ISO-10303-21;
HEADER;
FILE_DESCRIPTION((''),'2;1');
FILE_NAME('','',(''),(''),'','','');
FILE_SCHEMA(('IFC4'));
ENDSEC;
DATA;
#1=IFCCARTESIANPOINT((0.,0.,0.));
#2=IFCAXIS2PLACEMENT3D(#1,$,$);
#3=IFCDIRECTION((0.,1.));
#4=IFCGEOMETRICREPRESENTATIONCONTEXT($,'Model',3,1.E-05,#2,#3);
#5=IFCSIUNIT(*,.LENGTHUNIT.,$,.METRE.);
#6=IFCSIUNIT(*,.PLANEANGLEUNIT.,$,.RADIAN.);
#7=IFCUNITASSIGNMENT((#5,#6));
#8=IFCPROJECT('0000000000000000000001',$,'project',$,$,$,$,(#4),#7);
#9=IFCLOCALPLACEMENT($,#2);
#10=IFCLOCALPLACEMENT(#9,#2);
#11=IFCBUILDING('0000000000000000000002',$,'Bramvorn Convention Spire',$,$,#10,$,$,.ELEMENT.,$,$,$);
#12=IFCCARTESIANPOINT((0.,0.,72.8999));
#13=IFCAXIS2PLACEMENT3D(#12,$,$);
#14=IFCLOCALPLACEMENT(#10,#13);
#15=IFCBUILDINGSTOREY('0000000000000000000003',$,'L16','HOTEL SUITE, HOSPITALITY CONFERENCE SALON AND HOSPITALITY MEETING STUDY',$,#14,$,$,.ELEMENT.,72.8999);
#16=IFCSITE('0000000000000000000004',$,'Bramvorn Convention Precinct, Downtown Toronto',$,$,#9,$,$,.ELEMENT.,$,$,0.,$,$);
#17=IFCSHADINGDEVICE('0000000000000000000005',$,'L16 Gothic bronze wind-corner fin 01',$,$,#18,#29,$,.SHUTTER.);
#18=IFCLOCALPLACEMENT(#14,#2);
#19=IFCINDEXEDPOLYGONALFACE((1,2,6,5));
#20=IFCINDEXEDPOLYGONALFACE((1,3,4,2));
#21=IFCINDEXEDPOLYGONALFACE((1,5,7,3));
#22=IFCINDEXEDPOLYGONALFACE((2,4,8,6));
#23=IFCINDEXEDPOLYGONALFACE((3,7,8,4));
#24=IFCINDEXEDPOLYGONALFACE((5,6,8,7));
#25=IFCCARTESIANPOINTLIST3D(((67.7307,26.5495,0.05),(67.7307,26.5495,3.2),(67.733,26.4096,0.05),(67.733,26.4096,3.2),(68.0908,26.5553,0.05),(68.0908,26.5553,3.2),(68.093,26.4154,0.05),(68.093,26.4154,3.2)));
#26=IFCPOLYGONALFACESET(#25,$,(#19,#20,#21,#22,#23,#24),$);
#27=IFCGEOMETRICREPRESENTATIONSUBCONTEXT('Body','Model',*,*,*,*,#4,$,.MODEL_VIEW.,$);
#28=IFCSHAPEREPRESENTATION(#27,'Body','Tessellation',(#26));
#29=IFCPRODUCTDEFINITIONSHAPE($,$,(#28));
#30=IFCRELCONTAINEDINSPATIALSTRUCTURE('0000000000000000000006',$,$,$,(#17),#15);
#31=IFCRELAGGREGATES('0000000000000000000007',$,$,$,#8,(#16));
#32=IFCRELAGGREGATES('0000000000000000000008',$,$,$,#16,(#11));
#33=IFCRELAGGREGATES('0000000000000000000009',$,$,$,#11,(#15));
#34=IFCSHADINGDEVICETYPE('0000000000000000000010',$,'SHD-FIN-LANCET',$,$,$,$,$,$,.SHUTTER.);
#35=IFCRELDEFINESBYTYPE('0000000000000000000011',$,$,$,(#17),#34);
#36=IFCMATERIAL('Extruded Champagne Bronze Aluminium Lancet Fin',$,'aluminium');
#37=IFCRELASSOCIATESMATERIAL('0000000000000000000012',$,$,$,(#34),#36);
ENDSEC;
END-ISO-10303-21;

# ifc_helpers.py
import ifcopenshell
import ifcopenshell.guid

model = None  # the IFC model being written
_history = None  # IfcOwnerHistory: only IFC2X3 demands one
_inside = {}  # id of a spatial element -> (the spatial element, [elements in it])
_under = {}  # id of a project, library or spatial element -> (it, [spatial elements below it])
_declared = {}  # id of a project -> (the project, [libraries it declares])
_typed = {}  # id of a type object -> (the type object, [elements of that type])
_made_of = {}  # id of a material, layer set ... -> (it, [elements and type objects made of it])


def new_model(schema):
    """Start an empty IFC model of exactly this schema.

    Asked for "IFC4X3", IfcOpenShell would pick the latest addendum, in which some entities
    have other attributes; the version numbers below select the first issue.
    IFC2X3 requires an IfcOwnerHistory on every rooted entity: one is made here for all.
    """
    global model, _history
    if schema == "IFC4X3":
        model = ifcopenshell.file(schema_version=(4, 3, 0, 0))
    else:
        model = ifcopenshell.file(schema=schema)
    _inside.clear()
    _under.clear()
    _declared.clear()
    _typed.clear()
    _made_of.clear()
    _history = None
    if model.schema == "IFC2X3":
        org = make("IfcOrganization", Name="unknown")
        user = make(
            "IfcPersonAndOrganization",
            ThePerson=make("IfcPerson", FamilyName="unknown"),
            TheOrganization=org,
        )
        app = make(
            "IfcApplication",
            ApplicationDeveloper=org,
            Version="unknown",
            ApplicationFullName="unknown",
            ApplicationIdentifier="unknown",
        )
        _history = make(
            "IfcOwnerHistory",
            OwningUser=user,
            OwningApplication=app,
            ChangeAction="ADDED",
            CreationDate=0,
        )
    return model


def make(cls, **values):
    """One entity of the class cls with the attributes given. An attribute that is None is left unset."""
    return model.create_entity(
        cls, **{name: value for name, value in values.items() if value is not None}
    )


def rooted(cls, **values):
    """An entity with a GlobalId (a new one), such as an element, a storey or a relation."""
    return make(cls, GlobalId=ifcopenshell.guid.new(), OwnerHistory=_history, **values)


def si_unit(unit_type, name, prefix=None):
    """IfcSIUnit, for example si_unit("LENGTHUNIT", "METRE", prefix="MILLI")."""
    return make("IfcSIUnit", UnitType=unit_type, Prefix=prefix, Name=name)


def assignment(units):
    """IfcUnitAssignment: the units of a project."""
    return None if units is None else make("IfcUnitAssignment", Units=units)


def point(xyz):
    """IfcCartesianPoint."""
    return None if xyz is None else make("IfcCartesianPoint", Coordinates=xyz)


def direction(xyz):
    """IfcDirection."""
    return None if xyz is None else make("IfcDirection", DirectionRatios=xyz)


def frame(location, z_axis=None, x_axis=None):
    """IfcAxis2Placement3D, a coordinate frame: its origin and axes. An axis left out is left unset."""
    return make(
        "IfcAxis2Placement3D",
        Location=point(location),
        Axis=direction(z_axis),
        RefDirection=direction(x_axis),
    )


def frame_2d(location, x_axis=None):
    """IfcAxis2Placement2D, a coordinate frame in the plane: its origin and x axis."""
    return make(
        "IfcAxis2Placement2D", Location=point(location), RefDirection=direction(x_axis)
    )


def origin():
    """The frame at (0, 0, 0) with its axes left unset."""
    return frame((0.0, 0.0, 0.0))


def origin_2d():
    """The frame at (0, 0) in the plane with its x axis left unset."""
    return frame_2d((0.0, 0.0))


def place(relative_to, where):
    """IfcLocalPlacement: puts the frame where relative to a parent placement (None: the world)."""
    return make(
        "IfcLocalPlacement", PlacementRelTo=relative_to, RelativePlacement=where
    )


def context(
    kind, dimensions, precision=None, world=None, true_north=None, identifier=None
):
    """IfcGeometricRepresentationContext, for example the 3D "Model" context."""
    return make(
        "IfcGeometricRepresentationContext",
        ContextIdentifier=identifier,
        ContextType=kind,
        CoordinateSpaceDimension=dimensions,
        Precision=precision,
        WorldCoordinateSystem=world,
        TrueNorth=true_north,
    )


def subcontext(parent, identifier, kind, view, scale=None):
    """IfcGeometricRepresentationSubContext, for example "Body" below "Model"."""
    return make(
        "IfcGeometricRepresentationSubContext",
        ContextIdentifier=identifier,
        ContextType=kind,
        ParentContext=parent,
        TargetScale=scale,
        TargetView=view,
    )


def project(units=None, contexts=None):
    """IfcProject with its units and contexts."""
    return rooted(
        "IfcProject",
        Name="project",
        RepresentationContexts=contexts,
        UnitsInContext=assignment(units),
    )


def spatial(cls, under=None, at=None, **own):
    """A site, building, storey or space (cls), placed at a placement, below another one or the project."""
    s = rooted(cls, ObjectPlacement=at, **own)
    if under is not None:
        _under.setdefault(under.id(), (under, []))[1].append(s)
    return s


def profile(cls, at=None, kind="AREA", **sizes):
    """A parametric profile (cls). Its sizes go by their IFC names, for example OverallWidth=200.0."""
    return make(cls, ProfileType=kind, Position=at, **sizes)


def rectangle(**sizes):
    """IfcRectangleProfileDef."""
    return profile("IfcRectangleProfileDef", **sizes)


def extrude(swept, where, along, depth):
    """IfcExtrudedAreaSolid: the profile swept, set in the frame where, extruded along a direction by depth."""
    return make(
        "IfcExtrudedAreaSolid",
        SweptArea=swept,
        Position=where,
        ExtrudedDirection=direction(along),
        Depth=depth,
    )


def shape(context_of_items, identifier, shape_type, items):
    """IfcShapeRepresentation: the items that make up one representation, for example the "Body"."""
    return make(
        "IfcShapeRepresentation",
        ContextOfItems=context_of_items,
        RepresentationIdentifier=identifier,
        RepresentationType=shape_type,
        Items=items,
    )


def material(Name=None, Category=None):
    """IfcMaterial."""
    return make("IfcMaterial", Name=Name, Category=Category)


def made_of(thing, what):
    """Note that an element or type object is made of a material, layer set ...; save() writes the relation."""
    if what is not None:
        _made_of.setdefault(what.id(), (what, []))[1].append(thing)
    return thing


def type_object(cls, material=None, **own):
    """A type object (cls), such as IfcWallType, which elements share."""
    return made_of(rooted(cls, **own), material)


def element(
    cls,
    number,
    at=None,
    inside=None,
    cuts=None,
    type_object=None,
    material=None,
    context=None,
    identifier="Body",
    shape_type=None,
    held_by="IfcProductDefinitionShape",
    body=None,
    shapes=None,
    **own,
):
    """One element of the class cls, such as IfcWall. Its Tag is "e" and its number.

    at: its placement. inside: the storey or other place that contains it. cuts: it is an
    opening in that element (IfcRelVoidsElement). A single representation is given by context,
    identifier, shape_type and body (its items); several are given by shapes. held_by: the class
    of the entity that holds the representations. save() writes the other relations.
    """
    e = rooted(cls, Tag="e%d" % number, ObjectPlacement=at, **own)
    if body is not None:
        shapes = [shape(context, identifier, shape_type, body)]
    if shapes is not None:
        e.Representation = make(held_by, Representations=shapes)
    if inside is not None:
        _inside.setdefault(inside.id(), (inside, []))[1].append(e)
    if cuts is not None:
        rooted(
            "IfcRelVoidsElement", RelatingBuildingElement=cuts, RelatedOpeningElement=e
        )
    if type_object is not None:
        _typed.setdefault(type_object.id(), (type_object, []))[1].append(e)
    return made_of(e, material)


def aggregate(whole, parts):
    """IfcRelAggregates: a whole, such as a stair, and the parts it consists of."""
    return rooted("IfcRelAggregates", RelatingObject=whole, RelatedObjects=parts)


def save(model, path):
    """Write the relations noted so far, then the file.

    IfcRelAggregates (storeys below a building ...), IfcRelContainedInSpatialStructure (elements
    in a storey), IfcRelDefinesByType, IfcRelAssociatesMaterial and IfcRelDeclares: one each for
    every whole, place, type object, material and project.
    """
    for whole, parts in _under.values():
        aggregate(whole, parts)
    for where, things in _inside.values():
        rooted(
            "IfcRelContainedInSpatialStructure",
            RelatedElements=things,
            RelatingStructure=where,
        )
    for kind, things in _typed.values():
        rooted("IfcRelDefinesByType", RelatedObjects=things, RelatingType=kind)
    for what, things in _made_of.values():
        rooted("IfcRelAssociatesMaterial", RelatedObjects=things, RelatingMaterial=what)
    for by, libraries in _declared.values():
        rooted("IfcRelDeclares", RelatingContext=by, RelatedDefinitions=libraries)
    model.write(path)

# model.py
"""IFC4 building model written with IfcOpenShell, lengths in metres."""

from ifc_helpers import new_model, si_unit, direction, frame, origin, origin_2d, place, context, subcontext, project, spatial, rectangle, extrude, material, type_object, element, save


model = new_model("IFC4")

# Units and contexts
model_context = context("Model", 3, precision=1e-05, world=origin(), true_north=direction((0.0, 1.0)))
body_context = subcontext(model_context, "Body", "Model", "MODEL_VIEW")
ifc_project = project(units=[si_unit("LENGTHUNIT", "METRE"), si_unit("PLANEANGLEUNIT", "RADIAN")], contexts=[model_context])

# Site, building, storey
site_placement = place(None, origin())
site = spatial("IfcSite", under=ifc_project, at=site_placement, Name="Bramvorn Convention Precinct, Downtown Toronto", CompositionType="ELEMENT", RefElevation=0.0)
building_placement = place(site_placement, origin())
building = spatial("IfcBuilding", under=site, at=building_placement, Name="Bramvorn Convention Spire", CompositionType="ELEMENT")
storey_placement = place(building_placement, frame((0.0, 0.0, 72.8999)))
storey = spatial("IfcBuildingStorey", under=building, at=storey_placement, Name="L16", Description="HOTEL SUITE, HOSPITALITY CONFERENCE SALON AND HOSPITALITY MEETING STUDY", CompositionType="ELEMENT", Elevation=72.8999)

# Shading device
ifc_material_1 = material(Name="Extruded Champagne Bronze Aluminium Lancet Fin", Category="aluminium")
shading_device_type = type_object("IfcShadingDeviceType", Name="SHD-FIN-LANCET", PredefinedType="SHUTTER", material=ifc_material_1)
shading_device_placement = place(storey_placement, frame((67.9119, 26.4824, 0.05), z_axis=(0.0, 0.0, 1.0), x_axis=(0.99987, 0.01613, 0.0)))
element("IfcShadingDevice", 1, at=shading_device_placement, inside=storey, type_object=shading_device_type, Name="L16 Gothic bronze wind-corner fin 01", PredefinedType="SHUTTER", context=body_context, shape_type="SweptSolid", body=[
    extrude(rectangle(XDim=0.3601, YDim=0.1399, at=origin_2d()), origin(), (0.0, 0.0, 1.0), 3.1499),
])

save(model, "model.ifc")
